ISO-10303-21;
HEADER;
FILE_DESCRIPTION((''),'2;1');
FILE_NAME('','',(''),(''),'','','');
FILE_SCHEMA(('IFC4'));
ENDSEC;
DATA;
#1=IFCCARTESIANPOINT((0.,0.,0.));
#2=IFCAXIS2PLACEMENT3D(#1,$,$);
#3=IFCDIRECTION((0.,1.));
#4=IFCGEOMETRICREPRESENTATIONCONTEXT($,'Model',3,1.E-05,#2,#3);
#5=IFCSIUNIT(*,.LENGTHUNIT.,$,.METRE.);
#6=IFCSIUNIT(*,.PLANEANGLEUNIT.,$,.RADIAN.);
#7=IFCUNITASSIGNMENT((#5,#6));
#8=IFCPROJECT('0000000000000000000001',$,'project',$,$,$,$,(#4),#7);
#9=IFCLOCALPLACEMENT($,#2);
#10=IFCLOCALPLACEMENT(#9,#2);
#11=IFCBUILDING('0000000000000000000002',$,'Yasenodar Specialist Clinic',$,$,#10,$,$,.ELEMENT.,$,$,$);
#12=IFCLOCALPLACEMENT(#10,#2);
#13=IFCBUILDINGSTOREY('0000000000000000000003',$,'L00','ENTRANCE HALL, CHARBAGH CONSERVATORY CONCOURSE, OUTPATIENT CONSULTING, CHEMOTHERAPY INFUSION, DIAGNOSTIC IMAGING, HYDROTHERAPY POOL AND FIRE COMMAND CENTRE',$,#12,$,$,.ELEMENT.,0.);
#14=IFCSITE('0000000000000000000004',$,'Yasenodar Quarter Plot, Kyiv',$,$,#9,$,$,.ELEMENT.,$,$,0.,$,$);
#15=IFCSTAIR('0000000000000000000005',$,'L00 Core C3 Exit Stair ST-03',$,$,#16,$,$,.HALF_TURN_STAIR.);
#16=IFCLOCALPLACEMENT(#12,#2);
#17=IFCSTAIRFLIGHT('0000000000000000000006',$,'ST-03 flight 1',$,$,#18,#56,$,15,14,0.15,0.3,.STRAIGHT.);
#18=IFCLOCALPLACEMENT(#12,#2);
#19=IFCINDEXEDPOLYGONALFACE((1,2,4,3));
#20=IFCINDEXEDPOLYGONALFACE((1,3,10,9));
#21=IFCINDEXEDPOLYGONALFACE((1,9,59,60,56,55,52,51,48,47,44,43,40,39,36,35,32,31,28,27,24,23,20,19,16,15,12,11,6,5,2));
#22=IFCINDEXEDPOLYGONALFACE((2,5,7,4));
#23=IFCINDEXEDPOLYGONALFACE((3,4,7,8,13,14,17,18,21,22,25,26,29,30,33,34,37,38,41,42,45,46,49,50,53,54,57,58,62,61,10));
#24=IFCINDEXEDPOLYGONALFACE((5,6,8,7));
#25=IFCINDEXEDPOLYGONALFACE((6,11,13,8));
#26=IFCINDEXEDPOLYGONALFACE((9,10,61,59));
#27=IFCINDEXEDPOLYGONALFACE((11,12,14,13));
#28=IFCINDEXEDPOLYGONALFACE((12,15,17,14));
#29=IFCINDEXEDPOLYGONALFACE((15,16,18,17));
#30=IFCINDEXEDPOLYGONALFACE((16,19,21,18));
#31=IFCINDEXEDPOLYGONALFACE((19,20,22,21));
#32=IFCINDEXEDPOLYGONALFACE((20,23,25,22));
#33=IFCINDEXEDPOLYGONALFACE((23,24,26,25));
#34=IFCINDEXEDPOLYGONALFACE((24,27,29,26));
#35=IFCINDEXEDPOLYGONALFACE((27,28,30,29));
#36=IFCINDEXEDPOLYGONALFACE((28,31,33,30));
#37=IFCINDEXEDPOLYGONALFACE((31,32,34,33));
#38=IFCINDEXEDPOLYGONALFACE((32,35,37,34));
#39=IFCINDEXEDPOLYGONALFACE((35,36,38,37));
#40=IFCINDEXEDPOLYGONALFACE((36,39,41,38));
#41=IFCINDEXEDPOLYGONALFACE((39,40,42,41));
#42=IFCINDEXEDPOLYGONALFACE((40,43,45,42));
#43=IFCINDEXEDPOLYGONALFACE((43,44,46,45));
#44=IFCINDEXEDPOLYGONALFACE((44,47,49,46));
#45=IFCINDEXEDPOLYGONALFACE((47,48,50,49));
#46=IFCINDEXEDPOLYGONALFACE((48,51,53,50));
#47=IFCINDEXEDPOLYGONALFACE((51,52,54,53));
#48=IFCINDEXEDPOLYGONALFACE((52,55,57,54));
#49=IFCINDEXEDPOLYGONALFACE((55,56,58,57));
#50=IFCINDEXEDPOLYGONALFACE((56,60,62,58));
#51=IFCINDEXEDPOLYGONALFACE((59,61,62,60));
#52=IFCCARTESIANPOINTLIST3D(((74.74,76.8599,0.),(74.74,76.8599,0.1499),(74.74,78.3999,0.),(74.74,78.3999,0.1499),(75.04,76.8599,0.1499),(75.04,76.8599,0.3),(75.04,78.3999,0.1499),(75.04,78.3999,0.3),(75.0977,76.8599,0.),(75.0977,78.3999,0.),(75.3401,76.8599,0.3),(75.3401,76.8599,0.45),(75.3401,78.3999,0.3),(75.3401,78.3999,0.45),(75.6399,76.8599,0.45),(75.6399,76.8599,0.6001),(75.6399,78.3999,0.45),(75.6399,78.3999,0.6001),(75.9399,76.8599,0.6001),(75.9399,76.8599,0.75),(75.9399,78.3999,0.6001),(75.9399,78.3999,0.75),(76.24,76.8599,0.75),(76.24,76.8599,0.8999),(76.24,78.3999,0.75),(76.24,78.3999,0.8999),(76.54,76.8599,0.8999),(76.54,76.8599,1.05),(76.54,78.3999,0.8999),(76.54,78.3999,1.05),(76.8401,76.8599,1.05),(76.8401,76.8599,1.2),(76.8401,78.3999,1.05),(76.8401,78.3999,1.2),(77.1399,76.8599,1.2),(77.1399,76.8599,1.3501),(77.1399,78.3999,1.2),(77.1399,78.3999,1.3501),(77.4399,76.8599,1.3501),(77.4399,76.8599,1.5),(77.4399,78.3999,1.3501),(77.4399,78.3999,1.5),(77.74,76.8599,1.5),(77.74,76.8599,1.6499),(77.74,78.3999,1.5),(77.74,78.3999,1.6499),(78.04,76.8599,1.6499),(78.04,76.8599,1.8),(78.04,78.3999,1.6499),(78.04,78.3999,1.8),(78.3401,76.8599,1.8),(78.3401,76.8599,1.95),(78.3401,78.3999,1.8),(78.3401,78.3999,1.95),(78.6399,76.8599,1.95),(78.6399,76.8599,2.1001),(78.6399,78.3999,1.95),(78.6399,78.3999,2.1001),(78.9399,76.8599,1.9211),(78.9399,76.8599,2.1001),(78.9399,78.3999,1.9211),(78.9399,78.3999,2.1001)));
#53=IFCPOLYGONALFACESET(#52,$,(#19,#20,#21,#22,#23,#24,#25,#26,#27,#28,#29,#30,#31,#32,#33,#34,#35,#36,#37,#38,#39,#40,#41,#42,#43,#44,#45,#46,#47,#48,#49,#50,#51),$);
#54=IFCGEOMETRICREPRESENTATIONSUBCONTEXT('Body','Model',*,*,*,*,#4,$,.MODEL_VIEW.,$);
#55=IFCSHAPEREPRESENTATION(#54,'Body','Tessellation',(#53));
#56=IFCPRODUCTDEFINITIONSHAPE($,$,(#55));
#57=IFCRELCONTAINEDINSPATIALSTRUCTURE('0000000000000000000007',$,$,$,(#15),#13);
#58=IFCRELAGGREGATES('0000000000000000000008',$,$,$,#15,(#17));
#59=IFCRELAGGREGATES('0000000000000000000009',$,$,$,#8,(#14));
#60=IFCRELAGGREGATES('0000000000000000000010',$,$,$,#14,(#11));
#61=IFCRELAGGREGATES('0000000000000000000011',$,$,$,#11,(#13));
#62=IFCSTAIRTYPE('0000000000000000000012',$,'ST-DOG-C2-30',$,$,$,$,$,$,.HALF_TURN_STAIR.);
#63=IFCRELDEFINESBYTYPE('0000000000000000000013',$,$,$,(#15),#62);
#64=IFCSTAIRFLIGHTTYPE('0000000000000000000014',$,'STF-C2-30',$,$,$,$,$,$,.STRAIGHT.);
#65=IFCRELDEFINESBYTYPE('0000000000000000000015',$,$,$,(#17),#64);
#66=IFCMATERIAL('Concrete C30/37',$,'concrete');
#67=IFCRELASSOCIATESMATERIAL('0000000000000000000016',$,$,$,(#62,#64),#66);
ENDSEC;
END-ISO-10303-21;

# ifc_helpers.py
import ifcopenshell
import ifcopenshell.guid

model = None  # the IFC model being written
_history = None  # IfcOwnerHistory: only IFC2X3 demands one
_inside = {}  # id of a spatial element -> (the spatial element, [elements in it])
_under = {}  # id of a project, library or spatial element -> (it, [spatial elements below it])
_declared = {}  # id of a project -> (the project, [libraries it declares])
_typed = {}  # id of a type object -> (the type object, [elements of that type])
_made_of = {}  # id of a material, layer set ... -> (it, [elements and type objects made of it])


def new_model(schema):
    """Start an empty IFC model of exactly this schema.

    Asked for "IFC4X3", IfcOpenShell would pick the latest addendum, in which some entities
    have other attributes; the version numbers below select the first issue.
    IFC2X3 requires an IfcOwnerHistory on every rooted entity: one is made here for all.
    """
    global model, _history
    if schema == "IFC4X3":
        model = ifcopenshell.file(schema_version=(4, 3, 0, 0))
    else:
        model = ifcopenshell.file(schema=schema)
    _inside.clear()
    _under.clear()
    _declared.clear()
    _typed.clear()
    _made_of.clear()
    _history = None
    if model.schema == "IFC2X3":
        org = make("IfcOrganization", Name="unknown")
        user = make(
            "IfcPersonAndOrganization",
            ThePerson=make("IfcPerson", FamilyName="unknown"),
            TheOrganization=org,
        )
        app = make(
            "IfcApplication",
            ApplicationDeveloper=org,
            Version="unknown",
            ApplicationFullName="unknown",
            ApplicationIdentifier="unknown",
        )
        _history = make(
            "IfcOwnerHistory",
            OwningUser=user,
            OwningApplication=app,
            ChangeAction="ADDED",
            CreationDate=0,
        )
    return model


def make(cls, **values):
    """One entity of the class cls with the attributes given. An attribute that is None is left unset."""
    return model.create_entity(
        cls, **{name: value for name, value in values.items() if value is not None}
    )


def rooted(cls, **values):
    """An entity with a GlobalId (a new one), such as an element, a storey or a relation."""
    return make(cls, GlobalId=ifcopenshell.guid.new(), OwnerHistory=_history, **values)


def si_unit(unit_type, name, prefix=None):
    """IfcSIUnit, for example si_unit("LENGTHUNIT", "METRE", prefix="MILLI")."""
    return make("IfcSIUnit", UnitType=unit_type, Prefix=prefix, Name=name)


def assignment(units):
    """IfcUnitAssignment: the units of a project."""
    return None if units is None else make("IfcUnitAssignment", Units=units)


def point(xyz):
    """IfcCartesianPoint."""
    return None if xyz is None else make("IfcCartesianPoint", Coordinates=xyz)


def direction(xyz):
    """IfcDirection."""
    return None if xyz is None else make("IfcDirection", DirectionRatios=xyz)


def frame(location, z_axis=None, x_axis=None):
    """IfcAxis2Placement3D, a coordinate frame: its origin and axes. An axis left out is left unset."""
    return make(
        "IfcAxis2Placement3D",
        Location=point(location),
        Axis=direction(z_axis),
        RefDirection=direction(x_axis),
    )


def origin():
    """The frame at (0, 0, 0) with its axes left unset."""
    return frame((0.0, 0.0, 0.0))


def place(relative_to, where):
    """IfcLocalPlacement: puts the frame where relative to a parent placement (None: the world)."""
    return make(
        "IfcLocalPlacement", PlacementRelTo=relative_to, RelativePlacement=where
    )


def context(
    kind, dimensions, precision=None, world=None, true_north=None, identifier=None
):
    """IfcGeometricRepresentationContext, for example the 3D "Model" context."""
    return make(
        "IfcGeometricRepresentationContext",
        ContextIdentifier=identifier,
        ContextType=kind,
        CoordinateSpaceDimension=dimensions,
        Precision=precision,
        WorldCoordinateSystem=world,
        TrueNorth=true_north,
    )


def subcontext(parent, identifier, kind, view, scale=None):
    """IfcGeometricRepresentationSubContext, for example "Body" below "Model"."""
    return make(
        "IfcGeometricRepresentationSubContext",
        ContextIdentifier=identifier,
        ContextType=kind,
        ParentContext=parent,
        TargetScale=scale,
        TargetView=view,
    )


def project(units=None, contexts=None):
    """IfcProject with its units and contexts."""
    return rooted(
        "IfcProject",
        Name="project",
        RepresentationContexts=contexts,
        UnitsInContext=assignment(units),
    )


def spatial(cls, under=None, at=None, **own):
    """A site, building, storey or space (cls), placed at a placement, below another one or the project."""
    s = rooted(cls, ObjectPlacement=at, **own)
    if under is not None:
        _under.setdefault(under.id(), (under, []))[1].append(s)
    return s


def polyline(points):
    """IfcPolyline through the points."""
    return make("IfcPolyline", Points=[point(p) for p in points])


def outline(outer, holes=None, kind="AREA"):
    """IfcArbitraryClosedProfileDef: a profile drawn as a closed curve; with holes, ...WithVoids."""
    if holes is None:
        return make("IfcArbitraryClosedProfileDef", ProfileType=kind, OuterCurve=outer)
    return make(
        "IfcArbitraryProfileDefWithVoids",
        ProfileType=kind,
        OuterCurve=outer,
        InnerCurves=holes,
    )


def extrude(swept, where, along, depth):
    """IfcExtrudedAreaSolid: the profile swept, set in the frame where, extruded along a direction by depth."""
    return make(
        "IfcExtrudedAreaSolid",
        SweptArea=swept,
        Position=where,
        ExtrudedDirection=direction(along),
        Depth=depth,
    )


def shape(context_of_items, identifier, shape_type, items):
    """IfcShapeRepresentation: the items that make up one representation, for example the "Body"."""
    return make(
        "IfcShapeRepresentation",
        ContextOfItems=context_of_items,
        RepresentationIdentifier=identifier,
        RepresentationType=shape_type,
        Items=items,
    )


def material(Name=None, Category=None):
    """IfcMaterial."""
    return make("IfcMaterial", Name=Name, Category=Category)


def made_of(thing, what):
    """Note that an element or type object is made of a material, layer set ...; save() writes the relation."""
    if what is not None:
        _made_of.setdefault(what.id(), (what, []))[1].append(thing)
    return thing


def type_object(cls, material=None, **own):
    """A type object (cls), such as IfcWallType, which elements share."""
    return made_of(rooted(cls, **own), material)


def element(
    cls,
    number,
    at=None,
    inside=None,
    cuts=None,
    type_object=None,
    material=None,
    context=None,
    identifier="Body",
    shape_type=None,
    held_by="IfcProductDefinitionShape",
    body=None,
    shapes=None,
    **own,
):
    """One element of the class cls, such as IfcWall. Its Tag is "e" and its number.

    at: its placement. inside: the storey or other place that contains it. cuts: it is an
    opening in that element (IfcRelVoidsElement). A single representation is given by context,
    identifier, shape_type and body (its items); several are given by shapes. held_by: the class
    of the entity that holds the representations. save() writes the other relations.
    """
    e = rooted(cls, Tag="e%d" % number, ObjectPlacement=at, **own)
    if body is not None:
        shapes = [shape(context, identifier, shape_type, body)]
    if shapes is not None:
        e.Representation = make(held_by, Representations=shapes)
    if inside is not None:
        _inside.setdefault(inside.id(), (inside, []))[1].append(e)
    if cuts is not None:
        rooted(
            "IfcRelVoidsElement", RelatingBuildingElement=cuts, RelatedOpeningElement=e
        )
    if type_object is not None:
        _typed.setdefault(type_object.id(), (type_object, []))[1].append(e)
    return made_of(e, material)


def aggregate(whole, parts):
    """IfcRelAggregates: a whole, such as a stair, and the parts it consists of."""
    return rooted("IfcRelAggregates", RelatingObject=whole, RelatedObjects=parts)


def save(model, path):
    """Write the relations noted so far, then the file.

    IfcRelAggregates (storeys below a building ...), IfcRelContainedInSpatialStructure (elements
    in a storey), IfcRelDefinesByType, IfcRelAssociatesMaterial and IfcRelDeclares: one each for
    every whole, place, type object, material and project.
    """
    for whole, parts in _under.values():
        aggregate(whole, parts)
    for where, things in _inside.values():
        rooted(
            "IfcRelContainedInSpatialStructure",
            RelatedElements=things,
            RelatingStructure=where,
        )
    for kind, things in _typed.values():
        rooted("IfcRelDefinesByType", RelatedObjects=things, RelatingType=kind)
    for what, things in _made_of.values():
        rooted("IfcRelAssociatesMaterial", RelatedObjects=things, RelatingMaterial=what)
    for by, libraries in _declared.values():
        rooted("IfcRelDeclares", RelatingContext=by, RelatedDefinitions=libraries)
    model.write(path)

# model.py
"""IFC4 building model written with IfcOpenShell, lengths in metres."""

from ifc_helpers import new_model, si_unit, direction, frame, origin, place, context, subcontext, project, spatial, polyline, outline, extrude, material, type_object, element, aggregate, save


model = new_model("IFC4")

# Units and contexts
model_context = context("Model", 3, precision=1e-05, world=origin(), true_north=direction((0.0, 1.0)))
body_context = subcontext(model_context, "Body", "Model", "MODEL_VIEW")
ifc_project = project(units=[si_unit("LENGTHUNIT", "METRE"), si_unit("PLANEANGLEUNIT", "RADIAN")], contexts=[model_context])

# Site, building, storey
site_placement = place(None, origin())
site = spatial("IfcSite", under=ifc_project, at=site_placement, Name="Yasenodar Quarter Plot, Kyiv", CompositionType="ELEMENT", RefElevation=0.0)
building_placement = place(site_placement, origin())
building = spatial("IfcBuilding", under=site, at=building_placement, Name="Yasenodar Specialist Clinic", CompositionType="ELEMENT")
storey_placement = place(building_placement, origin())
storey = spatial("IfcBuildingStorey", under=building, at=storey_placement, Name="L00", Description="ENTRANCE HALL, CHARBAGH CONSERVATORY CONCOURSE, OUTPATIENT CONSULTING, CHEMOTHERAPY INFUSION, DIAGNOSTIC IMAGING, HYDROTHERAPY POOL AND FIRE COMMAND CENTRE", CompositionType="ELEMENT", Elevation=0.0)

# Stair, stair flight
ifc_material_1 = material(Name="Concrete C30/37", Category="concrete")
stair_type = type_object("IfcStairType", Name="ST-DOG-C2-30", PredefinedType="HALF_TURN_STAIR", material=ifc_material_1)
stair_placement = place(storey_placement, origin())
stair = element("IfcStair", 1, at=stair_placement, inside=storey, type_object=stair_type, Name="L00 Core C3 Exit Stair ST-03", PredefinedType="HALF_TURN_STAIR")
stair_flight_type = type_object("IfcStairFlightType", Name="STF-C2-30", PredefinedType="STRAIGHT", material=ifc_material_1)
stair_flight_placement = place(storey_placement, frame((74.74, 77.6299, 0.0), z_axis=(0.0, 0.0, 1.0), x_axis=(1.0, 0.0, 0.0)))
stair_flight = element("IfcStairFlight", 2, at=stair_flight_placement, type_object=stair_flight_type, Name="ST-03 flight 1", NumberOfRisers=15, NumberOfTreads=14, PredefinedType="STRAIGHT", RiserHeight=0.15, TreadLength=0.3, context=body_context, shape_type="SweptSolid", body=[
    extrude(outline(polyline([(0.0, 0.0), (0.0, 0.1499), (0.3, 0.1499), (0.3, 0.3), (0.6001, 0.3), (0.6001, 0.45), (0.8999, 0.45), (0.8999, 0.6001), (1.2, 0.6001), (1.2, 0.75), (1.5, 0.75), (1.5, 0.8999), (1.8, 0.8999), (1.8, 1.05), (2.1001, 1.05), (2.1001, 1.2), (2.3999, 1.2), (2.3999, 1.3501), (2.7, 1.3501), (2.7, 1.5), (3.0, 1.5), (3.0, 1.6499), (3.3, 1.6499), (3.3, 1.8), (3.6001, 1.8), (3.6001, 1.95), (3.8999, 1.95), (3.8999, 2.1001), (4.2, 2.1001), (4.2, 2.25), (4.2, 1.9211), (0.3577, 0.0), (0.0, 0.0)])), frame((0.0, 0.77, 0.0), z_axis=(0.0, -1.0, 0.0), x_axis=(1.0, 0.0, 0.0)), (0.0, 0.0, 1.0), 1.54),
])
aggregate(stair, [stair_flight])

save(model, "model.ifc")
